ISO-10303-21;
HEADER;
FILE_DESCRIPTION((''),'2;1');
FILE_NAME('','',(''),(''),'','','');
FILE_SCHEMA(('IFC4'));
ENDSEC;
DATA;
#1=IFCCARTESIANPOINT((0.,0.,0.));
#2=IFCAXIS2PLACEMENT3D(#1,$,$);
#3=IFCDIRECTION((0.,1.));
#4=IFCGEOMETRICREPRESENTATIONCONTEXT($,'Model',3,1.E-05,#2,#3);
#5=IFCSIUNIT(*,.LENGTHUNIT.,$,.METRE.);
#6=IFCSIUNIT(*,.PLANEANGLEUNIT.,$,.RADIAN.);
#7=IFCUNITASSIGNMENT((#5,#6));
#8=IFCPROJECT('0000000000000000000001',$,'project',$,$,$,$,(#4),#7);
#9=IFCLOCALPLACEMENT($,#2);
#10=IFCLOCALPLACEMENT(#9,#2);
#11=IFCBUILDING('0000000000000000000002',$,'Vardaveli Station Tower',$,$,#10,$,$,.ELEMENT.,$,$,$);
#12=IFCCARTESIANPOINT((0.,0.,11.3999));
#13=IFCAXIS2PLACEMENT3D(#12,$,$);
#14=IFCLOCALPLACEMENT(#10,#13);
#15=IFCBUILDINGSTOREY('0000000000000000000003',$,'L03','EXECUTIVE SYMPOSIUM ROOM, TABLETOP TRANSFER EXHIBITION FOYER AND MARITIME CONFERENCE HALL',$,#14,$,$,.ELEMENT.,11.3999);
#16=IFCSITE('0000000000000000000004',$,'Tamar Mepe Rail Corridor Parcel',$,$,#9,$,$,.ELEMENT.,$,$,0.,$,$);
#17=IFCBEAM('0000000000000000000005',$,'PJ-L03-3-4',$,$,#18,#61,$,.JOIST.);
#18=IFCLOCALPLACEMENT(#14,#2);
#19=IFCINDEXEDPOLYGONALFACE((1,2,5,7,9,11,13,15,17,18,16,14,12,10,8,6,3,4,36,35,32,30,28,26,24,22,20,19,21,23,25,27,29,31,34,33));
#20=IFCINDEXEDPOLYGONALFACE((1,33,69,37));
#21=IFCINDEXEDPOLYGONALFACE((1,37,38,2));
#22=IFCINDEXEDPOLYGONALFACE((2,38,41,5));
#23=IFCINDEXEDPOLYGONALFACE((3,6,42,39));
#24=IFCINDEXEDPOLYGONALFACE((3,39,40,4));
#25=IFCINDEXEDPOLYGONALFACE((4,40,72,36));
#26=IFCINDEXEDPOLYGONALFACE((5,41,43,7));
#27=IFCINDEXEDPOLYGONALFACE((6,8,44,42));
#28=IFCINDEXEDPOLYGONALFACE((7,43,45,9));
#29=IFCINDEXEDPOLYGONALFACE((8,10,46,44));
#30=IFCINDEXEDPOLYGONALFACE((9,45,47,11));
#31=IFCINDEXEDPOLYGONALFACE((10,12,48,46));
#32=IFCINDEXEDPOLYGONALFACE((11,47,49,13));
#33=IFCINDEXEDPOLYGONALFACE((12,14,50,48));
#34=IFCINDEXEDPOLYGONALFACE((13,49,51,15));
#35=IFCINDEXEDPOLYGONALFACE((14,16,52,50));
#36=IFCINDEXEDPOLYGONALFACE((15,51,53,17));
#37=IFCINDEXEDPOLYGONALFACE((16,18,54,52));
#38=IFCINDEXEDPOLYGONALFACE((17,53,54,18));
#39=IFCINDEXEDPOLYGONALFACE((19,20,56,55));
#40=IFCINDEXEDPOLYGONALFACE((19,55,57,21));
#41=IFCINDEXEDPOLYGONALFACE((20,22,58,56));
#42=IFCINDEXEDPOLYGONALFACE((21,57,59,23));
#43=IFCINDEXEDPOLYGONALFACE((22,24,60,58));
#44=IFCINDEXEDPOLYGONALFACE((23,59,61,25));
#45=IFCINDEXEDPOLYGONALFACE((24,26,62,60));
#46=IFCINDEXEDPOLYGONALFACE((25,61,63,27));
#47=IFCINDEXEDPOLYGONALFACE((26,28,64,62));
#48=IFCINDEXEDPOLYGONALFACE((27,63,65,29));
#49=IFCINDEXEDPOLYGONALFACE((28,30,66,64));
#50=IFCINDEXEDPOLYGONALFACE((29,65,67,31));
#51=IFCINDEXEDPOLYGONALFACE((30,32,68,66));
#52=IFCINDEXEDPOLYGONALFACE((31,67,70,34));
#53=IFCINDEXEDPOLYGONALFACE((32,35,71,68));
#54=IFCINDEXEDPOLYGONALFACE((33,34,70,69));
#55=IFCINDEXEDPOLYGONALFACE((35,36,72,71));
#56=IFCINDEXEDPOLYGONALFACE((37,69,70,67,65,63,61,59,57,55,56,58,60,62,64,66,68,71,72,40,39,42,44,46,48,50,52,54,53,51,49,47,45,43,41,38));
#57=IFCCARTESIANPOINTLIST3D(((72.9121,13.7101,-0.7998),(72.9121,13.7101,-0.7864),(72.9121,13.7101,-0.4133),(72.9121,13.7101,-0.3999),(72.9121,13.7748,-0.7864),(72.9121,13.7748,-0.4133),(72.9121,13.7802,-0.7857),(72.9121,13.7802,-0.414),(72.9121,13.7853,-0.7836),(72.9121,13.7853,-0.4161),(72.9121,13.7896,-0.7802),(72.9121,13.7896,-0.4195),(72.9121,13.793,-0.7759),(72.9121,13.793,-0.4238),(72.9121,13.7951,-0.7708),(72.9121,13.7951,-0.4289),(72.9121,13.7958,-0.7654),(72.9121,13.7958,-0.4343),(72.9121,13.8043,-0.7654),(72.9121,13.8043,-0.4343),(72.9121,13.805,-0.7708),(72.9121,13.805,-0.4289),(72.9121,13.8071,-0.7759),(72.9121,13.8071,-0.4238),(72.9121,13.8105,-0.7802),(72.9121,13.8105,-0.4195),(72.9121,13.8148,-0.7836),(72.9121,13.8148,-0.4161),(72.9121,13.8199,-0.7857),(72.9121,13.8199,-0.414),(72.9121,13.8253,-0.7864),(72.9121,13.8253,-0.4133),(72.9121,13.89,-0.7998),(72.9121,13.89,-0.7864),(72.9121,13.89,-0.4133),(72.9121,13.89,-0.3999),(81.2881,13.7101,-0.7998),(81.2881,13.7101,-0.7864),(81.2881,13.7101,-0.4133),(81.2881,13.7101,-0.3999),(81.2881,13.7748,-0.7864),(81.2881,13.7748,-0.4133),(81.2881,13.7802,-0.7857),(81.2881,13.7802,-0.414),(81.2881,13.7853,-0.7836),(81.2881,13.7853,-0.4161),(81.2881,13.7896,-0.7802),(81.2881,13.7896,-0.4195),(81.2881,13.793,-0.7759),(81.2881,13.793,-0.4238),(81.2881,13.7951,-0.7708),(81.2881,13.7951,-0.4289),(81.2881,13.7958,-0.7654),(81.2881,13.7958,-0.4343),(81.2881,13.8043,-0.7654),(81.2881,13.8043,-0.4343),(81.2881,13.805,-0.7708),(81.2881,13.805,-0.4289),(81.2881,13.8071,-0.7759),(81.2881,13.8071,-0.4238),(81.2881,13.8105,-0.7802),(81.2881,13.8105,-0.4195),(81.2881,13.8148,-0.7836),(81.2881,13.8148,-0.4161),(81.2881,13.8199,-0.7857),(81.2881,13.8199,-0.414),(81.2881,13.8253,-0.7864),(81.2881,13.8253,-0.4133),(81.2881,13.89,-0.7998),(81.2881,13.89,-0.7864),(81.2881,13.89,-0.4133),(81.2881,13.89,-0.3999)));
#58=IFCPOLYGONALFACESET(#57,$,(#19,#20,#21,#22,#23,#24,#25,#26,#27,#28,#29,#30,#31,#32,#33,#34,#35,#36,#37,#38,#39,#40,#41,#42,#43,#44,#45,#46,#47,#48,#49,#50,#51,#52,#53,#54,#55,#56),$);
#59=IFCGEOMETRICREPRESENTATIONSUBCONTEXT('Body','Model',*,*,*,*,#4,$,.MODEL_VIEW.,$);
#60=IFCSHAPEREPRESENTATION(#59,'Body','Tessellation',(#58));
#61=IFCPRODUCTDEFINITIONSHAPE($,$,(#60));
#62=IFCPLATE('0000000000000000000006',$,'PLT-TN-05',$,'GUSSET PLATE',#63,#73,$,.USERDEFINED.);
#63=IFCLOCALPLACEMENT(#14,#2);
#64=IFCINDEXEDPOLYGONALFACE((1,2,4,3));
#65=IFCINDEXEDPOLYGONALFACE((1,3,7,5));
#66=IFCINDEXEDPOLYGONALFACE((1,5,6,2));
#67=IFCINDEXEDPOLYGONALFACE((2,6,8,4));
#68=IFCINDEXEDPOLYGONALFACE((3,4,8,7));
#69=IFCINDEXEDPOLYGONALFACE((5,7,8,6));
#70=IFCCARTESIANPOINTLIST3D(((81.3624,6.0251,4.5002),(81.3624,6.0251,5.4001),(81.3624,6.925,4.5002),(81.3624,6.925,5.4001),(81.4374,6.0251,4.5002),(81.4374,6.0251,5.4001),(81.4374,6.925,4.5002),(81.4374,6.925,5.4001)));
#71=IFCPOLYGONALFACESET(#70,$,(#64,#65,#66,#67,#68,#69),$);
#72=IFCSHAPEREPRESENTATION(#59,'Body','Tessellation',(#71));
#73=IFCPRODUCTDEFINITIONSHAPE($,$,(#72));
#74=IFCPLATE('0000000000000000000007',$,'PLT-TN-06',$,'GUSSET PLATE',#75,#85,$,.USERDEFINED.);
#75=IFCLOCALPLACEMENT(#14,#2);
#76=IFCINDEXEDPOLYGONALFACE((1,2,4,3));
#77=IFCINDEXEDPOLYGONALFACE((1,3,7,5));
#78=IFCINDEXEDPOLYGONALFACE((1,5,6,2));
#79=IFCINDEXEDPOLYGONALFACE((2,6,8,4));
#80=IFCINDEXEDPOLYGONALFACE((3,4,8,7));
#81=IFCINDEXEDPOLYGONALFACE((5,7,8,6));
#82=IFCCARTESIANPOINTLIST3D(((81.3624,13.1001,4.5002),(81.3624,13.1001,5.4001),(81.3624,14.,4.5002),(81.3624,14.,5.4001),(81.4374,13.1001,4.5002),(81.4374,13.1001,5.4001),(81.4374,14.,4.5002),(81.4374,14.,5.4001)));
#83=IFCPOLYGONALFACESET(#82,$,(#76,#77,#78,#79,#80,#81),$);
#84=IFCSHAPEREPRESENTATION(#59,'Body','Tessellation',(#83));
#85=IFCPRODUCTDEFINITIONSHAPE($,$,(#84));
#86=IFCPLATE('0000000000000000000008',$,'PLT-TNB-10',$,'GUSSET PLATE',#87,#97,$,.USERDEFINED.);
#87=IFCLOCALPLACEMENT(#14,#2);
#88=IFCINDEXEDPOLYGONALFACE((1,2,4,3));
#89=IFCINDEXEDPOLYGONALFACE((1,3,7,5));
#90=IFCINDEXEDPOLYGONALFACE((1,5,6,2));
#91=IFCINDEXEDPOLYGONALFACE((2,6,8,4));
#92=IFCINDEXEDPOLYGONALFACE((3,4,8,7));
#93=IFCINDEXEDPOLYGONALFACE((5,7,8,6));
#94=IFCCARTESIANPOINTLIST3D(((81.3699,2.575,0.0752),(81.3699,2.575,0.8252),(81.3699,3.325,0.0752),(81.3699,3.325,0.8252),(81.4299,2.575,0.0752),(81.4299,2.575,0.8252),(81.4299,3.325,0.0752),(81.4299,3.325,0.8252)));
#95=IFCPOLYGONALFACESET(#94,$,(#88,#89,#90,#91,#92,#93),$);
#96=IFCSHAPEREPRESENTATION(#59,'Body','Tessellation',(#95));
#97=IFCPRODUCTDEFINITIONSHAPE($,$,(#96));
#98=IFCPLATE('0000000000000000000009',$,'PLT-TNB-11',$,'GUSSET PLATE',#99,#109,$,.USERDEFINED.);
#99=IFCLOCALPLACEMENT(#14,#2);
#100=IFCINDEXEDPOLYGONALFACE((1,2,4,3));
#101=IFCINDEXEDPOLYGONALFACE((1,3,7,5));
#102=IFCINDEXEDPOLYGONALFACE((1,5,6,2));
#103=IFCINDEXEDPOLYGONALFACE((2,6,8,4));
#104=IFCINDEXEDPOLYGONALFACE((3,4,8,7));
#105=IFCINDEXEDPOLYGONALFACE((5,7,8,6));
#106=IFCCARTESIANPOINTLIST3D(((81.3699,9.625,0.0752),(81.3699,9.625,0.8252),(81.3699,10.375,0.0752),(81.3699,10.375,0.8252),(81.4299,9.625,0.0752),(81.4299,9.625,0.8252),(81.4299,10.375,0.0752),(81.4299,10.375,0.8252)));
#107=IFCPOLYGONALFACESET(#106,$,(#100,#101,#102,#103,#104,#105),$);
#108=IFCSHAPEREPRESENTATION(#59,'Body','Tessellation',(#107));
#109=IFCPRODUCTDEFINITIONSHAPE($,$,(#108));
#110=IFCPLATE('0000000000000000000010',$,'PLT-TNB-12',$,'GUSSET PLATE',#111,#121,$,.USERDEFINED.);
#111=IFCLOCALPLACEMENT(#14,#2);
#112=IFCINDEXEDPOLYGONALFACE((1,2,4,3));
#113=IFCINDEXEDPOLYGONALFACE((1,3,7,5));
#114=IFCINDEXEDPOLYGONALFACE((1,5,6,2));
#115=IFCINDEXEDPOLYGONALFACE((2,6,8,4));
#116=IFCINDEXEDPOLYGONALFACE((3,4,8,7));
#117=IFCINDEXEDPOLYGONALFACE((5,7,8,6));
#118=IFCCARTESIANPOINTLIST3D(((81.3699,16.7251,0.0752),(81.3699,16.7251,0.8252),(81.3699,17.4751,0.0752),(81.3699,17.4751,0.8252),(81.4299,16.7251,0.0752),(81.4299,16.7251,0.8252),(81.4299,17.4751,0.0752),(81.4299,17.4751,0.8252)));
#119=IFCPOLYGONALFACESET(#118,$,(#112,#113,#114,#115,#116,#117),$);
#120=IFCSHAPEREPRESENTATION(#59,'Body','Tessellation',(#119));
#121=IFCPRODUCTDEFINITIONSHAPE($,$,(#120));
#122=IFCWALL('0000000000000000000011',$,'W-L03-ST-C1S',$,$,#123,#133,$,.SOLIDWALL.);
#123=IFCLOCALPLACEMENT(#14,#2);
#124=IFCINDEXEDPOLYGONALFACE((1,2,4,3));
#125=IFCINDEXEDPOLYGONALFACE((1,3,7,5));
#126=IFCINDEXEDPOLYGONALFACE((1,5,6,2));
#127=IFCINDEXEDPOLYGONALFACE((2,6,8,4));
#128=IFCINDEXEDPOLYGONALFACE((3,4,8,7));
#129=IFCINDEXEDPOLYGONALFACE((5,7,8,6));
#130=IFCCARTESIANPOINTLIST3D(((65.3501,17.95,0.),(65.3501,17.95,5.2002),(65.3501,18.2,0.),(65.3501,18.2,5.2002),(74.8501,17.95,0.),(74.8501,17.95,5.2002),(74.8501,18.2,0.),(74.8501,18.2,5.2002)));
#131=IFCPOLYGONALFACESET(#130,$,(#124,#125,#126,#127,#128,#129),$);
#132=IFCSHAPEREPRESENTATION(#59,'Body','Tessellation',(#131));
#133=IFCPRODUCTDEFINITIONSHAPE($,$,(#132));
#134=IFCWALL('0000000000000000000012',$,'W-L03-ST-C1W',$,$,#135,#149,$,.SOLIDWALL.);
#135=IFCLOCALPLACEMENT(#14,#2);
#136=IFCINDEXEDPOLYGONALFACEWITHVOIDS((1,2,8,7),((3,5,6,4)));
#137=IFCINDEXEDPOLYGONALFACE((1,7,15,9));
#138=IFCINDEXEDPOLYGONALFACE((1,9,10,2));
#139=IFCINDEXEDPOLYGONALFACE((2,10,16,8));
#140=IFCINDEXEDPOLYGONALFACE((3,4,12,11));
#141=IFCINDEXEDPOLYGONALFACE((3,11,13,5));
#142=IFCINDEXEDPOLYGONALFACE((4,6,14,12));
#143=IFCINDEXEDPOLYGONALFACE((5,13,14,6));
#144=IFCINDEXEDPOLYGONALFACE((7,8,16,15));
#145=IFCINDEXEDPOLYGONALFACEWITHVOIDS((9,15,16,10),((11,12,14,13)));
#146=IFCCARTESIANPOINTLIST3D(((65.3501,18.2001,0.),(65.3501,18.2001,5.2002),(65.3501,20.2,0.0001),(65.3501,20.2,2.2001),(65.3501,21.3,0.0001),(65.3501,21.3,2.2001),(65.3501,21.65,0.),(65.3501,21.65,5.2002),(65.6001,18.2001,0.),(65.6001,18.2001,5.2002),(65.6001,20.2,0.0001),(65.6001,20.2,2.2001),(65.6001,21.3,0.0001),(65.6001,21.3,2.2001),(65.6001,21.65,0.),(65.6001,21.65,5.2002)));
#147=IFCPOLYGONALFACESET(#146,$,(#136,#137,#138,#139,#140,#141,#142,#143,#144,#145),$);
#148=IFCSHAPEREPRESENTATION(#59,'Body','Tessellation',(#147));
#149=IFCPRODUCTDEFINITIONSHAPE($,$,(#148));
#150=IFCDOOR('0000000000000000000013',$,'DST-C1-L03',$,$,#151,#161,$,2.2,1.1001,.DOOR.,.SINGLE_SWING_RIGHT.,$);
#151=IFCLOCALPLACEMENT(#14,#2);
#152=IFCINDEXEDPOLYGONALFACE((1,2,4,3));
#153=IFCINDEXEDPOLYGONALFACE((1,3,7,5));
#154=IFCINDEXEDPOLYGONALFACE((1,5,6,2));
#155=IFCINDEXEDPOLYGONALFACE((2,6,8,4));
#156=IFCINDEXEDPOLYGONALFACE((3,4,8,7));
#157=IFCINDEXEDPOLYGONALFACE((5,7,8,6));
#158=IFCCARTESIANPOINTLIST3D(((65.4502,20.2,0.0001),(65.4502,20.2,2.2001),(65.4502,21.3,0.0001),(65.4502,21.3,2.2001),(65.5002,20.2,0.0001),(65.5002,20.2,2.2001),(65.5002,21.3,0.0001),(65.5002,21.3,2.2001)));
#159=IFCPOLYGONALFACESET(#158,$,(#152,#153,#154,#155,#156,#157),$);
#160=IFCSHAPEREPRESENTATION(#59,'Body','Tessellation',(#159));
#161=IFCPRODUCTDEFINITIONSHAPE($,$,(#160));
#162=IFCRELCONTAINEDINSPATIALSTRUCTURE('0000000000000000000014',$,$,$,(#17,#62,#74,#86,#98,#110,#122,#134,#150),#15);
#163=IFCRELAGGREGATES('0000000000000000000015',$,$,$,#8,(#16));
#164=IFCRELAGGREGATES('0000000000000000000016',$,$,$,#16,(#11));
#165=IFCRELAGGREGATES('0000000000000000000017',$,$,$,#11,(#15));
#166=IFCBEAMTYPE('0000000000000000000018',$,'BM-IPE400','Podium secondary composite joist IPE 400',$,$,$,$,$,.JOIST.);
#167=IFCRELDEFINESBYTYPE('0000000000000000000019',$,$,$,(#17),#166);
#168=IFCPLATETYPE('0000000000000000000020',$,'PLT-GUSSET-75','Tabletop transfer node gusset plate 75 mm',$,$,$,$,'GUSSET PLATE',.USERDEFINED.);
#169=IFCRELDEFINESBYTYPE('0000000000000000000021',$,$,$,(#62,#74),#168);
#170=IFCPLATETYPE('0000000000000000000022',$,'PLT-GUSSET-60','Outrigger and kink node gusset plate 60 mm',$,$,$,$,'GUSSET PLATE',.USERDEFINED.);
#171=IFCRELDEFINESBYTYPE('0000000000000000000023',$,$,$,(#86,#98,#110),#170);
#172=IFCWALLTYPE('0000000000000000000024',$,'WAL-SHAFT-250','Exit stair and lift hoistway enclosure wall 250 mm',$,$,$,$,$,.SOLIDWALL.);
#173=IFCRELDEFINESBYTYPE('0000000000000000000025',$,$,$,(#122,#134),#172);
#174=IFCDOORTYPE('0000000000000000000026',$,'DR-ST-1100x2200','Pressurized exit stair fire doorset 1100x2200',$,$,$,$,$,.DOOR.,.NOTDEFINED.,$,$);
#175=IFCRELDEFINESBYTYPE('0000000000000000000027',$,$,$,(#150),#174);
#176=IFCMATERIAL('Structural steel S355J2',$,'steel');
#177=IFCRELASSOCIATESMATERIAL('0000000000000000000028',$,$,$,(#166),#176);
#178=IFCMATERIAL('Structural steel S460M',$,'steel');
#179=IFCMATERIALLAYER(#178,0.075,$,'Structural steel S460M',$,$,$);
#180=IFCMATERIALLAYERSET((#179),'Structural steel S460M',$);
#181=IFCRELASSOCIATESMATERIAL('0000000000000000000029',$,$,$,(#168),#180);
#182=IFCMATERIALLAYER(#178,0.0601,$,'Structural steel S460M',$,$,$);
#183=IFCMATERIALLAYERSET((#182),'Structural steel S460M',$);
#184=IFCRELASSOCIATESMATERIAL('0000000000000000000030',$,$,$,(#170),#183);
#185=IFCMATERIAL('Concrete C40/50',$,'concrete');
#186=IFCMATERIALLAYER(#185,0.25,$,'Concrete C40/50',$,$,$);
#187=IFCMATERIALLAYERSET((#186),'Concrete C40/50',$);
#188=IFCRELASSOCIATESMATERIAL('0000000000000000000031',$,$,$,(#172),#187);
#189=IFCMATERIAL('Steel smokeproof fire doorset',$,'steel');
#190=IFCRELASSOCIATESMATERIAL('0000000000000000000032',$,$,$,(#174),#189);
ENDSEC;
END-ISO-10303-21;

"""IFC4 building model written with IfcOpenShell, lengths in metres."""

from ifc_helpers import new_model, si_unit, direction, frame, frame_2d, origin, origin_2d, place, context, subcontext, project, spatial, rectangle, i_section, extrude, source, transform, mapped, material, layer, layer_set, material_profile, profile_set, type_object, element, fill, save


model = new_model("IFC4")

# Units and contexts
model_context = context("Model", 3, precision=1e-05, world=origin(), true_north=direction((0.0, 1.0)))
body_context = subcontext(model_context, "Body", "Model", "MODEL_VIEW")
ifc_project = project(units=[si_unit("LENGTHUNIT", "METRE"), si_unit("PLANEANGLEUNIT", "RADIAN")], contexts=[model_context])

# Site, building, storey
site_placement = place(None, origin())
site = spatial("IfcSite", under=ifc_project, at=site_placement, Name="Tamar Mepe Rail Corridor Parcel", CompositionType="ELEMENT", RefElevation=0.0)
building_placement = place(site_placement, origin())
building = spatial("IfcBuilding", under=site, at=building_placement, Name="Vardaveli Station Tower", CompositionType="ELEMENT")
storey_placement = place(building_placement, frame((0.0, 0.0, 11.3999)))
storey = spatial("IfcBuildingStorey", under=building, at=storey_placement, Name="L03", Description="EXECUTIVE SYMPOSIUM ROOM, TABLETOP TRANSFER EXHIBITION FOYER AND MARITIME CONFERENCE HALL", CompositionType="ELEMENT", Elevation=11.3999)

# Shared definitions
ifc_material_1 = material(Name="Structural steel S460M", Category="steel")

# Beam
ifc_material_2 = material(Name="Structural steel S355J2", Category="steel")
ifc_material_profile_1 = material_profile(ifc_material_2, i_section(OverallWidth=0.1799, OverallDepth=0.3999, WebThickness=0.0085, FlangeThickness=0.0134, FilletRadius=0.021, at=origin_2d()), Name="IPE 400")
ifc_profile_set_1 = profile_set([ifc_material_profile_1], Name="Structural steel S355J2")
beam_type_1 = type_object("IfcBeamType", Name="BM-IPE400", Description="Podium secondary composite joist IPE 400", PredefinedType="JOIST", material=ifc_profile_set_1)
shared_shape_1 = source(origin(), body_context, "Body", "SweptSolid", [
    extrude(i_section(OverallWidth=0.1799, OverallDepth=0.3999, WebThickness=0.0085, FlangeThickness=0.0134, FilletRadius=0.021, at=origin_2d()), origin(), (0.0, 0.0, 1.0), 8.376),
])
for number, where, z_axis, x_axis, name in (
    (1, (72.9121, 13.8, -0.5999), (1.0, 0.0, 0.0), (0.0, 1.0, 0.0), "PJ-L03-3-4"),
):
    element("IfcBeam", number, at=place(storey_placement, frame(where, z_axis=z_axis, x_axis=x_axis)), inside=storey, type_object=beam_type_1, Name=name, PredefinedType="JOIST", context=body_context, shape_type="MappedRepresentation", body=[
        mapped(shared_shape_1, transform((0.0, 0.0, 0.0), scale=1.0)),
    ])

# Plates
ifc_layer_1 = layer(ifc_material_1, 0.075, Name="Structural steel S460M")
ifc_layer_set_1 = layer_set([ifc_layer_1], Name="Structural steel S460M")
plate_type_1 = type_object("IfcPlateType", Name="PLT-GUSSET-75", Description="Tabletop transfer node gusset plate 75 mm", ElementType="GUSSET PLATE", PredefinedType="USERDEFINED", material=ifc_layer_set_1)
shared_shape_2 = source(origin(), body_context, "Body", "SweptSolid", [
    extrude(rectangle(XDim=0.8999, YDim=0.075, at=origin_2d()), origin(), (0.0, 0.0, 1.0), 0.8999),
])
for number, where, z_axis, x_axis, name in (
    (2, (81.3999, 6.4751, 4.5002), (0.0, 0.0, 1.0), (0.0, 1.0, 0.0), "PLT-TN-05"),
    (3, (81.3999, 13.55, 4.5002), (0.0, 0.0, 1.0), (0.0, 1.0, 0.0), "PLT-TN-06"),
):
    element("IfcPlate", number, at=place(storey_placement, frame(where, z_axis=z_axis, x_axis=x_axis)), inside=storey, type_object=plate_type_1, Name=name, ObjectType="GUSSET PLATE", PredefinedType="USERDEFINED", context=body_context, shape_type="MappedRepresentation", body=[
        mapped(shared_shape_2, transform((0.0, 0.0, 0.0), scale=1.0)),
    ])
ifc_layer_2 = layer(ifc_material_1, 0.0601, Name="Structural steel S460M")
ifc_layer_set_2 = layer_set([ifc_layer_2], Name="Structural steel S460M")
plate_type_2 = type_object("IfcPlateType", Name="PLT-GUSSET-60", Description="Outrigger and kink node gusset plate 60 mm", ElementType="GUSSET PLATE", PredefinedType="USERDEFINED", material=ifc_layer_set_2)
shared_shape_3 = source(origin(), body_context, "Body", "SweptSolid", [
    extrude(rectangle(XDim=0.75, YDim=0.0601, at=origin_2d()), origin(), (0.0, 0.0, 1.0), 0.75),
])
for number, where, z_axis, x_axis, name in (
    (4, (81.3999, 2.95, 0.0752), (0.0, 0.0, 1.0), (0.0, 1.0, 0.0), "PLT-TNB-10"),
    (5, (81.3999, 10.0, 0.0752), (0.0, 0.0, 1.0), (0.0, 1.0, 0.0), "PLT-TNB-11"),
    (6, (81.3999, 17.1001, 0.0752), (0.0, 0.0, 1.0), (0.0, 1.0, 0.0), "PLT-TNB-12"),
):
    element("IfcPlate", number, at=place(storey_placement, frame(where, z_axis=z_axis, x_axis=x_axis)), inside=storey, type_object=plate_type_2, Name=name, ObjectType="GUSSET PLATE", PredefinedType="USERDEFINED", context=body_context, shape_type="MappedRepresentation", body=[
        mapped(shared_shape_3, transform((0.0, 0.0, 0.0), scale=1.0)),
    ])

# Wall
ifc_material_3 = material(Name="Concrete C40/50", Category="concrete")
ifc_layer_3 = layer(ifc_material_3, 0.25, Name="Concrete C40/50")
ifc_layer_set_3 = layer_set([ifc_layer_3], Name="Concrete C40/50")
wall_type_1 = type_object("IfcWallType", Name="WAL-SHAFT-250", Description="Exit stair and lift hoistway enclosure wall 250 mm", PredefinedType="SOLIDWALL", material=ifc_layer_set_3)
shared_shape_4 = source(origin(), body_context, "Body", "SweptSolid", [
    extrude(rectangle(XDim=9.5, YDim=0.25, at=frame_2d((4.75, 0.0))), origin(), (0.0, 0.0, 1.0), 5.2002),
])
wall_1_placement = place(storey_placement, frame((65.3501, 18.075, 0.0), z_axis=(0.0, 0.0, 1.0), x_axis=(1.0, 0.0, 0.0)))
element("IfcWall", 7, at=wall_1_placement, inside=storey, type_object=wall_type_1, Name="W-L03-ST-C1S", PredefinedType="SOLIDWALL", context=body_context, shape_type="MappedRepresentation", body=[
    mapped(shared_shape_4, transform((0.0, 0.0, 0.0), scale=1.0)),
])

# Wall, opening, door
shared_shape_5 = source(origin(), body_context, "Body", "SweptSolid", [
    extrude(rectangle(XDim=3.45, YDim=0.25, at=frame_2d((1.7251, 0.0))), origin(), (0.0, 0.0, 1.0), 5.2002),
])
wall_2_placement = place(storey_placement, frame((65.4751, 18.2, 0.0), z_axis=(0.0, 0.0, 1.0), x_axis=(0.0, 1.0, 0.0)))
wall_2 = element("IfcWall", 8, at=wall_2_placement, inside=storey, type_object=wall_type_1, Name="W-L03-ST-C1W", PredefinedType="SOLIDWALL", context=body_context, shape_type="MappedRepresentation", body=[
    mapped(shared_shape_5, transform((0.0, 0.0, 0.0), scale=1.0)),
])
shared_shape_6 = source(origin(), body_context, "Body", "SweptSolid", [
    extrude(rectangle(XDim=1.1001, YDim=2.2, at=frame_2d((0.55, 1.1001))), frame((0.0, 0.135, 0.0), z_axis=(0.0, -1.0, 0.0), x_axis=(1.0, 0.0, 0.0)), (0.0, 0.0, 1.0), 0.27),
])
opening_1_placement = place(wall_2_placement, frame((2.0, 0.0, 0.0)))
opening_1 = element("IfcOpeningElement", 9, at=opening_1_placement, cuts=wall_2, PredefinedType="OPENING", context=body_context, shape_type="MappedRepresentation", body=[
    mapped(shared_shape_6, transform((0.0, 0.0, 0.0), scale=1.0)),
])
ifc_material_4 = material(Name="Steel smokeproof fire doorset", Category="steel")
door_type_1 = type_object("IfcDoorType", Name="DR-ST-1100x2200", Description="Pressurized exit stair fire doorset 1100x2200", OperationType="NOTDEFINED", PredefinedType="DOOR", material=ifc_material_4)
shared_shape_7 = source(origin(), body_context, "Body", "SweptSolid", [
    extrude(rectangle(XDim=1.1001, YDim=2.2, at=frame_2d((0.55, 1.1001))), frame((0.0, 0.0249, 0.0), z_axis=(0.0, -1.0, 0.0), x_axis=(1.0, 0.0, 0.0)), (0.0, 0.0, 1.0), 0.05),
])
door_1_placement = place(opening_1_placement, origin())
door_1 = element("IfcDoor", 10, at=door_1_placement, inside=storey, type_object=door_type_1, Name="DST-C1-L03", OperationType="SINGLE_SWING_RIGHT", OverallHeight=2.2, OverallWidth=1.1001, PredefinedType="DOOR", context=body_context, shape_type="MappedRepresentation", body=[
    mapped(shared_shape_7, transform((0.0, 0.0, 0.0), scale=1.0)),
])
fill(opening_1, door_1)

save(model, "model.ifc")
